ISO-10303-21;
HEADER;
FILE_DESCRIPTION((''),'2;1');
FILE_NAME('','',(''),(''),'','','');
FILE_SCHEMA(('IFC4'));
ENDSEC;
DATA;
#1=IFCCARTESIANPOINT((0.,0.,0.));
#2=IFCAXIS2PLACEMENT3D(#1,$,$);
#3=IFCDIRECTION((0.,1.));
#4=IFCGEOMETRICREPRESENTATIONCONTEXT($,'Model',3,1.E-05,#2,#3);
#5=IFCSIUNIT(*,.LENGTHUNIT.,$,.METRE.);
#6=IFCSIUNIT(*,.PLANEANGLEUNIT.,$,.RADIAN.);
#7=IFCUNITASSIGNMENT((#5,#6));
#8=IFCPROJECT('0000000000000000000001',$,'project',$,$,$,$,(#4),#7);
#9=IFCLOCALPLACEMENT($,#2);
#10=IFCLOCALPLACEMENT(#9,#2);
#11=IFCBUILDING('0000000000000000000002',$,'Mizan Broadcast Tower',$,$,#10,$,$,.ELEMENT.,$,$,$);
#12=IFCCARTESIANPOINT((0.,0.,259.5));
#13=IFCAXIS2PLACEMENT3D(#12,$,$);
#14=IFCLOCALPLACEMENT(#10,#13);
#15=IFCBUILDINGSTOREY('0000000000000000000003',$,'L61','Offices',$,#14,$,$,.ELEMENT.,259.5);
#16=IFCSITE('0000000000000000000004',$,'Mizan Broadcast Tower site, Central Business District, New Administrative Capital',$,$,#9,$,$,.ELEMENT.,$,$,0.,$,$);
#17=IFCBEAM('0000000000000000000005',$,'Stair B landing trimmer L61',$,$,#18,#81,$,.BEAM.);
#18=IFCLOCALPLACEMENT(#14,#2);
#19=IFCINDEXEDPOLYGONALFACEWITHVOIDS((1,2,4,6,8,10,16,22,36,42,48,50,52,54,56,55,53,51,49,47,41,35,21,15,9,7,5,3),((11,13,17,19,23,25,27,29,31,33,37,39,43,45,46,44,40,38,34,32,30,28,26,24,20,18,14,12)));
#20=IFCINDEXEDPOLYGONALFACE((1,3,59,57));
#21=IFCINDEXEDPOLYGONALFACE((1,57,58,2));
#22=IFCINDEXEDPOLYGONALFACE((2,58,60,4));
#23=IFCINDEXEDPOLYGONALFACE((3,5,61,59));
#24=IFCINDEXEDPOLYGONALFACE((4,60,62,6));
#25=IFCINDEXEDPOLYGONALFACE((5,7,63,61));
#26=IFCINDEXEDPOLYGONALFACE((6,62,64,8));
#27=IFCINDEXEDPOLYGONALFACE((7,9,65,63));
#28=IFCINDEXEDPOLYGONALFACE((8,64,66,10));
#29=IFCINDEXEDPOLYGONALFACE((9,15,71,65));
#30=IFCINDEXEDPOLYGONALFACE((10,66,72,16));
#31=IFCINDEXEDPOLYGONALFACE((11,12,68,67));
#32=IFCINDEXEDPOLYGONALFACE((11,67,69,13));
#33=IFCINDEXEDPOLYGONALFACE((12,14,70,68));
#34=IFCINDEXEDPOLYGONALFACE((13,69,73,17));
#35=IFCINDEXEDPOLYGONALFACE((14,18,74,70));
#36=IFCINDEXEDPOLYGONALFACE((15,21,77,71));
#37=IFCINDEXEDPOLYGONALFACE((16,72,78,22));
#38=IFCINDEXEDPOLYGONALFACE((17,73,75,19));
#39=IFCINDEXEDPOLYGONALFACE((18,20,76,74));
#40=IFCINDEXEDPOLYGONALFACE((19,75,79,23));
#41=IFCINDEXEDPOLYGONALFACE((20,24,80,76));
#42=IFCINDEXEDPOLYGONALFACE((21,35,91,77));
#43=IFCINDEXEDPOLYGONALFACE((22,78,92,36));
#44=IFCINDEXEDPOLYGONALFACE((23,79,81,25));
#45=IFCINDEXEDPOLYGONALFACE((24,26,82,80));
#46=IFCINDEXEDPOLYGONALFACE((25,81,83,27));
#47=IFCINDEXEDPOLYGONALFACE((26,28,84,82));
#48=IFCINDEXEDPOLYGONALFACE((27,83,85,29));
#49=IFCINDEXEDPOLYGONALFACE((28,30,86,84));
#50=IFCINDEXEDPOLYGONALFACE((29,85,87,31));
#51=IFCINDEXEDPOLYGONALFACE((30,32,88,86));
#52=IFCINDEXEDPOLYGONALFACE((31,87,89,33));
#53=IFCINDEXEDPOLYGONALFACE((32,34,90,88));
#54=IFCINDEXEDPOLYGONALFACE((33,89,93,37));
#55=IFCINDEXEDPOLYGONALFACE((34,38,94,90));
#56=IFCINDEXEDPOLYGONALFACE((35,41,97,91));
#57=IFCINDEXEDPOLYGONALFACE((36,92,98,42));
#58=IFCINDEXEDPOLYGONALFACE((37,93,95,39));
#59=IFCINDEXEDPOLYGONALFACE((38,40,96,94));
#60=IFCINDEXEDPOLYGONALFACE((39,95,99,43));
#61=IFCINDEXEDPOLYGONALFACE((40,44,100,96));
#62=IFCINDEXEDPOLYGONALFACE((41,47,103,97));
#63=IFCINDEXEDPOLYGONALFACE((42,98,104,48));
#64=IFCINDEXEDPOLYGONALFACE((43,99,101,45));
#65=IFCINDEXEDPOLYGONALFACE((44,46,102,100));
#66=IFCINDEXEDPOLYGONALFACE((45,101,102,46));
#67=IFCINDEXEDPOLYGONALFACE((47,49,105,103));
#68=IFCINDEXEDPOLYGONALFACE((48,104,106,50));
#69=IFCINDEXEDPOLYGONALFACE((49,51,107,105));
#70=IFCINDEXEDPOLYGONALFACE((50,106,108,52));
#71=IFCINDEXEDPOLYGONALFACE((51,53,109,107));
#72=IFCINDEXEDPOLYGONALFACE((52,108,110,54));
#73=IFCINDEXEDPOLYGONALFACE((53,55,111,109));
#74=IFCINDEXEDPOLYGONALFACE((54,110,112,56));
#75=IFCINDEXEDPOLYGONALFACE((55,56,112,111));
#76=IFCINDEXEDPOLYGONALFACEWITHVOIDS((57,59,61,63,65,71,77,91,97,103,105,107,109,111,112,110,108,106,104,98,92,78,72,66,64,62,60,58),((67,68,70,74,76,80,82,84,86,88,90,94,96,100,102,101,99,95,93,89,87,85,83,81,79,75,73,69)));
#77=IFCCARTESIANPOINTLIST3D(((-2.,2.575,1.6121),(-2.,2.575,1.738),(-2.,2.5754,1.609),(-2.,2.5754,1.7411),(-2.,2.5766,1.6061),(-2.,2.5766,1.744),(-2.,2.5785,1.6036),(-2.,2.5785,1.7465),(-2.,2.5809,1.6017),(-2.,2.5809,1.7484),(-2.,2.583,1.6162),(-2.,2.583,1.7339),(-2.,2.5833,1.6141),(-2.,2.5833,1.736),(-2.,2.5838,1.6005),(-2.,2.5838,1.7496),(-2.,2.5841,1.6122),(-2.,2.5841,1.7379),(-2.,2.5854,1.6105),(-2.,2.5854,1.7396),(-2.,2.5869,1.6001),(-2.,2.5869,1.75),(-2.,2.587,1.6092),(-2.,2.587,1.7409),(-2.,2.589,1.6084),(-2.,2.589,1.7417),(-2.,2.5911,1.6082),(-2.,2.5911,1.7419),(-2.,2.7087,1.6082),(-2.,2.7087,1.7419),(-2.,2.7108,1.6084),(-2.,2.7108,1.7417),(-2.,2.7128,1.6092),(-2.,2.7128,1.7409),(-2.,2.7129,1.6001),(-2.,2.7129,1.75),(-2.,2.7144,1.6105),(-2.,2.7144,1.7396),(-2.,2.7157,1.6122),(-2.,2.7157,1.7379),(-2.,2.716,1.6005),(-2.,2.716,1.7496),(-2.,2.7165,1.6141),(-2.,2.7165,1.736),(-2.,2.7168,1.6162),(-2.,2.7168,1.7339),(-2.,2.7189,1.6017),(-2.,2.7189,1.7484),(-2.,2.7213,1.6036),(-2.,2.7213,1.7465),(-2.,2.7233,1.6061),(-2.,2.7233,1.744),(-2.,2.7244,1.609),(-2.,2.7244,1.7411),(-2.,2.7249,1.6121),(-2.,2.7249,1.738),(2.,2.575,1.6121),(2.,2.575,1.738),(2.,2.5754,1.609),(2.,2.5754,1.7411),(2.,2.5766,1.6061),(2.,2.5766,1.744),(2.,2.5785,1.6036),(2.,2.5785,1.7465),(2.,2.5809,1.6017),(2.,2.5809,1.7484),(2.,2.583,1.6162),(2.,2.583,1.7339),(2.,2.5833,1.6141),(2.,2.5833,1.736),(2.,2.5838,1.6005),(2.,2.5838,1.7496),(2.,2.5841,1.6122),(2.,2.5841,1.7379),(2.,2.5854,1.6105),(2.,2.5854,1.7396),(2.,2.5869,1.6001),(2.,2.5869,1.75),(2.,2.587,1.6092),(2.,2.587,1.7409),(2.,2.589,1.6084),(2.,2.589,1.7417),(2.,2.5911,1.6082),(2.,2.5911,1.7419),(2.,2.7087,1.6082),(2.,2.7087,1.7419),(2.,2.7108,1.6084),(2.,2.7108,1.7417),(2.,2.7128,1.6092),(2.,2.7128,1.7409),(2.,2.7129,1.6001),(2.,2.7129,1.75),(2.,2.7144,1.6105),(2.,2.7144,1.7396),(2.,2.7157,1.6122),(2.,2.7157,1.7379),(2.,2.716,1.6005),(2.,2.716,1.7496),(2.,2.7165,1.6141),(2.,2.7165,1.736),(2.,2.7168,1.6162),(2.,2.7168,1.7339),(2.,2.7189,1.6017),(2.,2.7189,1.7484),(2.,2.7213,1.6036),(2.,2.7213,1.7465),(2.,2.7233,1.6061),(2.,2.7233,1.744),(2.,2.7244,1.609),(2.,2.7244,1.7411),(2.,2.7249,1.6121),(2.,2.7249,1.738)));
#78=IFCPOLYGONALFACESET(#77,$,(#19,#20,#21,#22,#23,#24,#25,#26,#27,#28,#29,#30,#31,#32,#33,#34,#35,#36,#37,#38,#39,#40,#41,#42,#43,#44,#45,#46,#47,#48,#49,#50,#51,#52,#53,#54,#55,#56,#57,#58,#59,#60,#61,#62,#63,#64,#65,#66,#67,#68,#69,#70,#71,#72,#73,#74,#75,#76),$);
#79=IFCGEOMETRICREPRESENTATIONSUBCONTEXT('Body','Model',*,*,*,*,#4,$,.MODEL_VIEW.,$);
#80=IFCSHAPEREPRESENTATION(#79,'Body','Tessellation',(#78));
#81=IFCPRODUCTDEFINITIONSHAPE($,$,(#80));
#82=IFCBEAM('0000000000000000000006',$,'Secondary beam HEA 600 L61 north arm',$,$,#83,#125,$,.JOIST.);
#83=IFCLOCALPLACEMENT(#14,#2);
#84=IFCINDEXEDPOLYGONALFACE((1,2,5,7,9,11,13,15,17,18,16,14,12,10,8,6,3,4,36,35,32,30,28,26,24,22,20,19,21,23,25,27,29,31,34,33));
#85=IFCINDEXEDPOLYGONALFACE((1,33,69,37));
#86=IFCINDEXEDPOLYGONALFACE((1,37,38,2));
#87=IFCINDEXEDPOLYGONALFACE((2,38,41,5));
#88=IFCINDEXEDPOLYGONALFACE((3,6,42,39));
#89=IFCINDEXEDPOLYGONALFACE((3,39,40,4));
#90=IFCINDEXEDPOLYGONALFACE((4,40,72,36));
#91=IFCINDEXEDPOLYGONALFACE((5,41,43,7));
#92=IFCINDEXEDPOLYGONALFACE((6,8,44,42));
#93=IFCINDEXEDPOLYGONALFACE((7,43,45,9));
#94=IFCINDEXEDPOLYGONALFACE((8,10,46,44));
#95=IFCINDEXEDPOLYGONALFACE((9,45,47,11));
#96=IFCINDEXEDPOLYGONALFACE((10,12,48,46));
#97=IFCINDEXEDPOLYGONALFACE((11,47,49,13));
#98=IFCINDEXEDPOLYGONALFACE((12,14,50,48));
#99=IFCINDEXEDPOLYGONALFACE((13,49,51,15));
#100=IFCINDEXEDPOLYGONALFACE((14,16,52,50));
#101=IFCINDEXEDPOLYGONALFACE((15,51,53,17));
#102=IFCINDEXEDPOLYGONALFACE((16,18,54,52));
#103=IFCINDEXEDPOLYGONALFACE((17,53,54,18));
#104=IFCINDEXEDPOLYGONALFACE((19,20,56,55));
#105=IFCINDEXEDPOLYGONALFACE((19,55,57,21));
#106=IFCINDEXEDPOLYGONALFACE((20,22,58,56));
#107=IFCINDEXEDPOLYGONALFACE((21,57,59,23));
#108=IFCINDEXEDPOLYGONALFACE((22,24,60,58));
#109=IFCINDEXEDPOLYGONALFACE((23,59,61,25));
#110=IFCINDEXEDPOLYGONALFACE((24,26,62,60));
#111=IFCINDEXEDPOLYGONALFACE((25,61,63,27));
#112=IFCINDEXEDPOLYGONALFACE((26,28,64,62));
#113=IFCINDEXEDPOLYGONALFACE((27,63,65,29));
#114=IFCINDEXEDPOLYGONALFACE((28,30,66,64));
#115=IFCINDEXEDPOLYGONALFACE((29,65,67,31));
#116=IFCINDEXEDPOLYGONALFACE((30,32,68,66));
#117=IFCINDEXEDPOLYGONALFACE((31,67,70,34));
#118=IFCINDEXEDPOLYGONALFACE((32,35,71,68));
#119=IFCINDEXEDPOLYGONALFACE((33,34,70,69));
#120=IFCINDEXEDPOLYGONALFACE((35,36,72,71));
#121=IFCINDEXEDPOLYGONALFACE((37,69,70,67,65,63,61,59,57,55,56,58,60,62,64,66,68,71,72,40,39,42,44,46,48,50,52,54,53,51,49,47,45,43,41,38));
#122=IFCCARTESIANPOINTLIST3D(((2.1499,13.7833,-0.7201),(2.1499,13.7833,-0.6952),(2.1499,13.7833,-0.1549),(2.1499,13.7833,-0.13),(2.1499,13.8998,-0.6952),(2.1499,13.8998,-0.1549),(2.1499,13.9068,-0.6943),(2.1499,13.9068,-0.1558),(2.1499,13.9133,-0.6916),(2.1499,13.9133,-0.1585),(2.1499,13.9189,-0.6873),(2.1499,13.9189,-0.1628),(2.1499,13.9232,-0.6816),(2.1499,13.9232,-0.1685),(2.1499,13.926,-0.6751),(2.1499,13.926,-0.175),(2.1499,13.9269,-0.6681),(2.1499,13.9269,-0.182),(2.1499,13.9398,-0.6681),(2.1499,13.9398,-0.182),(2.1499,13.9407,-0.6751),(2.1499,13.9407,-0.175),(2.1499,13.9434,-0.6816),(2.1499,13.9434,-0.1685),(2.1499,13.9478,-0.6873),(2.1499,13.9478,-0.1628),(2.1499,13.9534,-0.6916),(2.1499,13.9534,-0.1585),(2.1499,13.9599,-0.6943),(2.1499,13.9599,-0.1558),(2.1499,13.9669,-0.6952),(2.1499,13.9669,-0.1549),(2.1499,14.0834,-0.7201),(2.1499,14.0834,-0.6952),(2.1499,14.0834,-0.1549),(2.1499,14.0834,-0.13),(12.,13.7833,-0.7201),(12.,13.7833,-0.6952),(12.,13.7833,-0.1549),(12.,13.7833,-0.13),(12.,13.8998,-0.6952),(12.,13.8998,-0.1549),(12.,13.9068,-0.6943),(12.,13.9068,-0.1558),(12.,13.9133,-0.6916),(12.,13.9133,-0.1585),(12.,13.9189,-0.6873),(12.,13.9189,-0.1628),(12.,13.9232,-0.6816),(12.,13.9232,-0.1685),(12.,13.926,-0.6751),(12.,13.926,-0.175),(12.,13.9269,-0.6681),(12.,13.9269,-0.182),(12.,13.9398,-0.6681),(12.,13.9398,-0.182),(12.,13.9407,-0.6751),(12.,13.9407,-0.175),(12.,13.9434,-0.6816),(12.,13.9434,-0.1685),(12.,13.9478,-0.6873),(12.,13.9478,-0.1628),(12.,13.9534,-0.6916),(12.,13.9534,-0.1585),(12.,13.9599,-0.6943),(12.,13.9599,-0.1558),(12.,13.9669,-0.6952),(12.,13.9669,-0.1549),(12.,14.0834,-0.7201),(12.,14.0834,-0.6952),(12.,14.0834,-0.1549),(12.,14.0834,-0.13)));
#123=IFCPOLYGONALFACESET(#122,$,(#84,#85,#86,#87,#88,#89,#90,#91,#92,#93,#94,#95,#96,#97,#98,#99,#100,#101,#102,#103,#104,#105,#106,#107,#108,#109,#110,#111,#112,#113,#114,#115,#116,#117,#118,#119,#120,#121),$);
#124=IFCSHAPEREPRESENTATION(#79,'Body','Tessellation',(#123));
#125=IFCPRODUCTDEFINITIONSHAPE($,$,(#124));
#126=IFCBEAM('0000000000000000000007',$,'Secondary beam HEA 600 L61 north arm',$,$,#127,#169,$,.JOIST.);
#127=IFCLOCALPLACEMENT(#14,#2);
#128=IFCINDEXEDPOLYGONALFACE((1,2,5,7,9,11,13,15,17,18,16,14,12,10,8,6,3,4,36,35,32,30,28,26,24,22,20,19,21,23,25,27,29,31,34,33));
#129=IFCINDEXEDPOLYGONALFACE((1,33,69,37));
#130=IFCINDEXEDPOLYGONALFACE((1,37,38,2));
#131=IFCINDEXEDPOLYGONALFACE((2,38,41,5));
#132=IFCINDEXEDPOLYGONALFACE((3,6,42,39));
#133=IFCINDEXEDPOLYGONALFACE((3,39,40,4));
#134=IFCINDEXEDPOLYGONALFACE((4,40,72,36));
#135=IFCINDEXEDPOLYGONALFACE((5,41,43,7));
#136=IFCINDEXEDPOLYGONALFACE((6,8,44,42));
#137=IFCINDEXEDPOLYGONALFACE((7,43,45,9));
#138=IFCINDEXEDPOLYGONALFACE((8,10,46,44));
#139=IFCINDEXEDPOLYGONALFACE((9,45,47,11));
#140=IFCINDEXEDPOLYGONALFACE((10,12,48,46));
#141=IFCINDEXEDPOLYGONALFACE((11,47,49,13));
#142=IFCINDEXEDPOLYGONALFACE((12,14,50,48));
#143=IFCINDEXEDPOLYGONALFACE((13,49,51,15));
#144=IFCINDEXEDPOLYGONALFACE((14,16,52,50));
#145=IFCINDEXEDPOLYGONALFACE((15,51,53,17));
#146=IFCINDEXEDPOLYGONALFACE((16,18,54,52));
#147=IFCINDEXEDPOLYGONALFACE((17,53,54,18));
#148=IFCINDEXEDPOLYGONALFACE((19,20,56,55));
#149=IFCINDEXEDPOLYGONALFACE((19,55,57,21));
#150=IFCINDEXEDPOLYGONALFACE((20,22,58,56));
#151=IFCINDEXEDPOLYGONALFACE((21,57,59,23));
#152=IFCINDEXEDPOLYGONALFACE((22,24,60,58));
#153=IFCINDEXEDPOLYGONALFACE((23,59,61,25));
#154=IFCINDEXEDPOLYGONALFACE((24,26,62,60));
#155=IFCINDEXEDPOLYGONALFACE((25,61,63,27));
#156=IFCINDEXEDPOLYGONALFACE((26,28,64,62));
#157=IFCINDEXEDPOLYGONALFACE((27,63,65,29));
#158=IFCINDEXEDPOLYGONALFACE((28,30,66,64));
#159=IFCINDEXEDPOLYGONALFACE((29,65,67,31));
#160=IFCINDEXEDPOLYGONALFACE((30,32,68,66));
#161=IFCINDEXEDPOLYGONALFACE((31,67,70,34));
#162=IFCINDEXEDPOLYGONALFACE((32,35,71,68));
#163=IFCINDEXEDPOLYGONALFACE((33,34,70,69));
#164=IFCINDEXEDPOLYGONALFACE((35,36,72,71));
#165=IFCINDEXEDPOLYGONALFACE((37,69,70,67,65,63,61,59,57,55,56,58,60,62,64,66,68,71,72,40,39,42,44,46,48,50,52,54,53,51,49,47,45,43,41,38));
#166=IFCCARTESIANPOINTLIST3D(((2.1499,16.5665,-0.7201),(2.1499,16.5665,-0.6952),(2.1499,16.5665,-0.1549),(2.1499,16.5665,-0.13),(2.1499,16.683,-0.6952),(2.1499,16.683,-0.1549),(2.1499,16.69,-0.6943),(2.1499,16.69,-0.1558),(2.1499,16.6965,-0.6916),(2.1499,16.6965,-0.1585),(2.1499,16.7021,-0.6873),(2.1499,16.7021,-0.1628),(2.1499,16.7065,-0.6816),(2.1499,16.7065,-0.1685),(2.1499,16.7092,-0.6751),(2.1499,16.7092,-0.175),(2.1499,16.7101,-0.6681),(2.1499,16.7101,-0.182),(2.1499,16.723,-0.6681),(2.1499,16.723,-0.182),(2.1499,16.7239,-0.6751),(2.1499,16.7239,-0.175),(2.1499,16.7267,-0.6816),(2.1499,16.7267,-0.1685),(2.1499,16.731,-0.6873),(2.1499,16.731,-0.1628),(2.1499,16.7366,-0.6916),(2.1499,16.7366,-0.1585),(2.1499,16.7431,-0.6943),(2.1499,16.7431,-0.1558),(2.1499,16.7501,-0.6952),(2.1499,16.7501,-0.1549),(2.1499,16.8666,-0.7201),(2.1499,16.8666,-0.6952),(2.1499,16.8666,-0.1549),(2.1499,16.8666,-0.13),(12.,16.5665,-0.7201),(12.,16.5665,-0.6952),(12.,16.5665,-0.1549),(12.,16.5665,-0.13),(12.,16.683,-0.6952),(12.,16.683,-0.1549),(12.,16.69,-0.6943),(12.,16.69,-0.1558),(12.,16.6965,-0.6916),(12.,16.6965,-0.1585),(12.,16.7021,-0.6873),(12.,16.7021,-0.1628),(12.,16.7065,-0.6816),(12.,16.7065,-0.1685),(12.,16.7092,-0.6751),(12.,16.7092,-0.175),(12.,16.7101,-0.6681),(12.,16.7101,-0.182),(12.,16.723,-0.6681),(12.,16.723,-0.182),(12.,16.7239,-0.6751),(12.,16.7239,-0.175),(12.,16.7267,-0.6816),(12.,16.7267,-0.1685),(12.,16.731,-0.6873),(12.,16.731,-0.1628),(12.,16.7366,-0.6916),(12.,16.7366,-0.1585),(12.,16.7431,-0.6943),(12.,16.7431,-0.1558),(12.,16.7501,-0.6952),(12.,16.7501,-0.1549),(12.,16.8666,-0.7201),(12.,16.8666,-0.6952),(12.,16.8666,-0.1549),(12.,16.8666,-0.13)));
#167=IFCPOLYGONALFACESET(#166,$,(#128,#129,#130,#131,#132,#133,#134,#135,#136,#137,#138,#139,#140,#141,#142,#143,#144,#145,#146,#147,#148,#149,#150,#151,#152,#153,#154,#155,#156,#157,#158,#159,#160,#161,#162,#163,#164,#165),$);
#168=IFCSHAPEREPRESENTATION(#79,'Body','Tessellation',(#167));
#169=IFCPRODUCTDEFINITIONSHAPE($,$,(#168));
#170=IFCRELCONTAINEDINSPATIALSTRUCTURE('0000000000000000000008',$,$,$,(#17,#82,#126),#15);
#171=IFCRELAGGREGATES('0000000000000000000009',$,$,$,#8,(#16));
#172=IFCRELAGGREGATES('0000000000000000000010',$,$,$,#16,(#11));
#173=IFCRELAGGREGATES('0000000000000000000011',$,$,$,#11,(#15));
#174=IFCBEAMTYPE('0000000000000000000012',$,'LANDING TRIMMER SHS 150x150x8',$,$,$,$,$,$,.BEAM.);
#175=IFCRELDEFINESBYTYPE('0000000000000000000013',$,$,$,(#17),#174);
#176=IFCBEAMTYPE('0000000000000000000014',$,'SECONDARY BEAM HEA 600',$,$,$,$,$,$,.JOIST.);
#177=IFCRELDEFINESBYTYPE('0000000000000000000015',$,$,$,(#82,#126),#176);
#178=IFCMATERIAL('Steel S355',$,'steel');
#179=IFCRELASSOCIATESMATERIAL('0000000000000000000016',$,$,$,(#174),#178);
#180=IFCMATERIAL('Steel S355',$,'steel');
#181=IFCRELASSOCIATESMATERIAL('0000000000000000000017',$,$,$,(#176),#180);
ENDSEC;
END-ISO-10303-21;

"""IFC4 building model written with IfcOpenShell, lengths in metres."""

from ifc_helpers import new_model, si_unit, direction, frame, origin, origin_2d, place, context, subcontext, project, spatial, hollow_rectangle, i_section, extrude, material, material_profile, profile_set, type_object, element, save


model = new_model("IFC4")

# Units and contexts
model_context = context("Model", 3, precision=1e-05, world=origin(), true_north=direction((0.0, 1.0)))
body_context = subcontext(model_context, "Body", "Model", "MODEL_VIEW")
ifc_project = project(units=[si_unit("LENGTHUNIT", "METRE"), si_unit("PLANEANGLEUNIT", "RADIAN")], contexts=[model_context])

# Site, building, storey
site_placement = place(None, origin())
site = spatial("IfcSite", under=ifc_project, at=site_placement, Name="Mizan Broadcast Tower site, Central Business District, New Administrative Capital", CompositionType="ELEMENT", RefElevation=0.0)
building_placement = place(site_placement, origin())
building = spatial("IfcBuilding", under=site, at=building_placement, Name="Mizan Broadcast Tower", CompositionType="ELEMENT")
storey_placement = place(building_placement, frame((0.0, 0.0, 259.5)))
storey = spatial("IfcBuildingStorey", under=building, at=storey_placement, Name="L61", Description="Offices", CompositionType="ELEMENT", Elevation=259.5)

# Beams
ifc_material_1 = material(Name="Steel S355", Category="steel")
ifc_material_profile_1 = material_profile(ifc_material_1, hollow_rectangle(XDim=0.1499, YDim=0.1499, WallThickness=0.0081, InnerFilletRadius=0.0081, OuterFilletRadius=0.012, at=origin_2d()), Name="SHS 150x150x8")
ifc_profile_set_1 = profile_set([ifc_material_profile_1], Name="Steel S355")
beam_type_1 = type_object("IfcBeamType", Name="LANDING TRIMMER SHS 150x150x8", PredefinedType="BEAM", material=ifc_profile_set_1)
for number, where, z_axis, x_axis, name in (
    (1, (2.0, 2.6499, 1.675), (-1.0, 0.0, 0.0), (0.0, -1.0, 0.0), "Stair B landing trimmer L61"),
):
    element("IfcBeam", number, at=place(storey_placement, frame(where, z_axis=z_axis, x_axis=x_axis)), inside=storey, type_object=beam_type_1, Name=name, PredefinedType="BEAM", context=body_context, shape_type="SweptSolid", body=[
        extrude(hollow_rectangle(XDim=0.1499, YDim=0.1499, WallThickness=0.0081, InnerFilletRadius=0.0081, OuterFilletRadius=0.012, at=origin_2d()), origin(), (0.0, 0.0, 1.0), 4.0),
    ])
ifc_material_2 = material(Name="Steel S355", Category="steel")
ifc_material_profile_2 = material_profile(ifc_material_2, i_section(OverallWidth=0.3, OverallDepth=0.5901, WebThickness=0.0129, FlangeThickness=0.0249, FilletRadius=0.0271, at=origin_2d()), Name="HEA 600")
ifc_profile_set_2 = profile_set([ifc_material_profile_2], Name="Steel S355")
beam_type_2 = type_object("IfcBeamType", Name="SECONDARY BEAM HEA 600", PredefinedType="JOIST", material=ifc_profile_set_2)
for number, where, z_axis, x_axis, name in (
    (2, (12.0, 13.9333, -0.425), (-1.0, 0.0, 0.0), (0.0, -1.0, 0.0), "Secondary beam HEA 600 L61 north arm"),
    (3, (12.0, 16.7166, -0.425), (-1.0, 0.0, 0.0), (0.0, -1.0, 0.0), "Secondary beam HEA 600 L61 north arm"),
):
    element("IfcBeam", number, at=place(storey_placement, frame(where, z_axis=z_axis, x_axis=x_axis)), inside=storey, type_object=beam_type_2, Name=name, PredefinedType="JOIST", context=body_context, shape_type="SweptSolid", body=[
        extrude(i_section(OverallWidth=0.3, OverallDepth=0.5901, WebThickness=0.0129, FlangeThickness=0.0249, FilletRadius=0.0271, at=origin_2d()), origin(), (0.0, 0.0, 1.0), 9.8501),
    ])

save(model, "model.ifc")
